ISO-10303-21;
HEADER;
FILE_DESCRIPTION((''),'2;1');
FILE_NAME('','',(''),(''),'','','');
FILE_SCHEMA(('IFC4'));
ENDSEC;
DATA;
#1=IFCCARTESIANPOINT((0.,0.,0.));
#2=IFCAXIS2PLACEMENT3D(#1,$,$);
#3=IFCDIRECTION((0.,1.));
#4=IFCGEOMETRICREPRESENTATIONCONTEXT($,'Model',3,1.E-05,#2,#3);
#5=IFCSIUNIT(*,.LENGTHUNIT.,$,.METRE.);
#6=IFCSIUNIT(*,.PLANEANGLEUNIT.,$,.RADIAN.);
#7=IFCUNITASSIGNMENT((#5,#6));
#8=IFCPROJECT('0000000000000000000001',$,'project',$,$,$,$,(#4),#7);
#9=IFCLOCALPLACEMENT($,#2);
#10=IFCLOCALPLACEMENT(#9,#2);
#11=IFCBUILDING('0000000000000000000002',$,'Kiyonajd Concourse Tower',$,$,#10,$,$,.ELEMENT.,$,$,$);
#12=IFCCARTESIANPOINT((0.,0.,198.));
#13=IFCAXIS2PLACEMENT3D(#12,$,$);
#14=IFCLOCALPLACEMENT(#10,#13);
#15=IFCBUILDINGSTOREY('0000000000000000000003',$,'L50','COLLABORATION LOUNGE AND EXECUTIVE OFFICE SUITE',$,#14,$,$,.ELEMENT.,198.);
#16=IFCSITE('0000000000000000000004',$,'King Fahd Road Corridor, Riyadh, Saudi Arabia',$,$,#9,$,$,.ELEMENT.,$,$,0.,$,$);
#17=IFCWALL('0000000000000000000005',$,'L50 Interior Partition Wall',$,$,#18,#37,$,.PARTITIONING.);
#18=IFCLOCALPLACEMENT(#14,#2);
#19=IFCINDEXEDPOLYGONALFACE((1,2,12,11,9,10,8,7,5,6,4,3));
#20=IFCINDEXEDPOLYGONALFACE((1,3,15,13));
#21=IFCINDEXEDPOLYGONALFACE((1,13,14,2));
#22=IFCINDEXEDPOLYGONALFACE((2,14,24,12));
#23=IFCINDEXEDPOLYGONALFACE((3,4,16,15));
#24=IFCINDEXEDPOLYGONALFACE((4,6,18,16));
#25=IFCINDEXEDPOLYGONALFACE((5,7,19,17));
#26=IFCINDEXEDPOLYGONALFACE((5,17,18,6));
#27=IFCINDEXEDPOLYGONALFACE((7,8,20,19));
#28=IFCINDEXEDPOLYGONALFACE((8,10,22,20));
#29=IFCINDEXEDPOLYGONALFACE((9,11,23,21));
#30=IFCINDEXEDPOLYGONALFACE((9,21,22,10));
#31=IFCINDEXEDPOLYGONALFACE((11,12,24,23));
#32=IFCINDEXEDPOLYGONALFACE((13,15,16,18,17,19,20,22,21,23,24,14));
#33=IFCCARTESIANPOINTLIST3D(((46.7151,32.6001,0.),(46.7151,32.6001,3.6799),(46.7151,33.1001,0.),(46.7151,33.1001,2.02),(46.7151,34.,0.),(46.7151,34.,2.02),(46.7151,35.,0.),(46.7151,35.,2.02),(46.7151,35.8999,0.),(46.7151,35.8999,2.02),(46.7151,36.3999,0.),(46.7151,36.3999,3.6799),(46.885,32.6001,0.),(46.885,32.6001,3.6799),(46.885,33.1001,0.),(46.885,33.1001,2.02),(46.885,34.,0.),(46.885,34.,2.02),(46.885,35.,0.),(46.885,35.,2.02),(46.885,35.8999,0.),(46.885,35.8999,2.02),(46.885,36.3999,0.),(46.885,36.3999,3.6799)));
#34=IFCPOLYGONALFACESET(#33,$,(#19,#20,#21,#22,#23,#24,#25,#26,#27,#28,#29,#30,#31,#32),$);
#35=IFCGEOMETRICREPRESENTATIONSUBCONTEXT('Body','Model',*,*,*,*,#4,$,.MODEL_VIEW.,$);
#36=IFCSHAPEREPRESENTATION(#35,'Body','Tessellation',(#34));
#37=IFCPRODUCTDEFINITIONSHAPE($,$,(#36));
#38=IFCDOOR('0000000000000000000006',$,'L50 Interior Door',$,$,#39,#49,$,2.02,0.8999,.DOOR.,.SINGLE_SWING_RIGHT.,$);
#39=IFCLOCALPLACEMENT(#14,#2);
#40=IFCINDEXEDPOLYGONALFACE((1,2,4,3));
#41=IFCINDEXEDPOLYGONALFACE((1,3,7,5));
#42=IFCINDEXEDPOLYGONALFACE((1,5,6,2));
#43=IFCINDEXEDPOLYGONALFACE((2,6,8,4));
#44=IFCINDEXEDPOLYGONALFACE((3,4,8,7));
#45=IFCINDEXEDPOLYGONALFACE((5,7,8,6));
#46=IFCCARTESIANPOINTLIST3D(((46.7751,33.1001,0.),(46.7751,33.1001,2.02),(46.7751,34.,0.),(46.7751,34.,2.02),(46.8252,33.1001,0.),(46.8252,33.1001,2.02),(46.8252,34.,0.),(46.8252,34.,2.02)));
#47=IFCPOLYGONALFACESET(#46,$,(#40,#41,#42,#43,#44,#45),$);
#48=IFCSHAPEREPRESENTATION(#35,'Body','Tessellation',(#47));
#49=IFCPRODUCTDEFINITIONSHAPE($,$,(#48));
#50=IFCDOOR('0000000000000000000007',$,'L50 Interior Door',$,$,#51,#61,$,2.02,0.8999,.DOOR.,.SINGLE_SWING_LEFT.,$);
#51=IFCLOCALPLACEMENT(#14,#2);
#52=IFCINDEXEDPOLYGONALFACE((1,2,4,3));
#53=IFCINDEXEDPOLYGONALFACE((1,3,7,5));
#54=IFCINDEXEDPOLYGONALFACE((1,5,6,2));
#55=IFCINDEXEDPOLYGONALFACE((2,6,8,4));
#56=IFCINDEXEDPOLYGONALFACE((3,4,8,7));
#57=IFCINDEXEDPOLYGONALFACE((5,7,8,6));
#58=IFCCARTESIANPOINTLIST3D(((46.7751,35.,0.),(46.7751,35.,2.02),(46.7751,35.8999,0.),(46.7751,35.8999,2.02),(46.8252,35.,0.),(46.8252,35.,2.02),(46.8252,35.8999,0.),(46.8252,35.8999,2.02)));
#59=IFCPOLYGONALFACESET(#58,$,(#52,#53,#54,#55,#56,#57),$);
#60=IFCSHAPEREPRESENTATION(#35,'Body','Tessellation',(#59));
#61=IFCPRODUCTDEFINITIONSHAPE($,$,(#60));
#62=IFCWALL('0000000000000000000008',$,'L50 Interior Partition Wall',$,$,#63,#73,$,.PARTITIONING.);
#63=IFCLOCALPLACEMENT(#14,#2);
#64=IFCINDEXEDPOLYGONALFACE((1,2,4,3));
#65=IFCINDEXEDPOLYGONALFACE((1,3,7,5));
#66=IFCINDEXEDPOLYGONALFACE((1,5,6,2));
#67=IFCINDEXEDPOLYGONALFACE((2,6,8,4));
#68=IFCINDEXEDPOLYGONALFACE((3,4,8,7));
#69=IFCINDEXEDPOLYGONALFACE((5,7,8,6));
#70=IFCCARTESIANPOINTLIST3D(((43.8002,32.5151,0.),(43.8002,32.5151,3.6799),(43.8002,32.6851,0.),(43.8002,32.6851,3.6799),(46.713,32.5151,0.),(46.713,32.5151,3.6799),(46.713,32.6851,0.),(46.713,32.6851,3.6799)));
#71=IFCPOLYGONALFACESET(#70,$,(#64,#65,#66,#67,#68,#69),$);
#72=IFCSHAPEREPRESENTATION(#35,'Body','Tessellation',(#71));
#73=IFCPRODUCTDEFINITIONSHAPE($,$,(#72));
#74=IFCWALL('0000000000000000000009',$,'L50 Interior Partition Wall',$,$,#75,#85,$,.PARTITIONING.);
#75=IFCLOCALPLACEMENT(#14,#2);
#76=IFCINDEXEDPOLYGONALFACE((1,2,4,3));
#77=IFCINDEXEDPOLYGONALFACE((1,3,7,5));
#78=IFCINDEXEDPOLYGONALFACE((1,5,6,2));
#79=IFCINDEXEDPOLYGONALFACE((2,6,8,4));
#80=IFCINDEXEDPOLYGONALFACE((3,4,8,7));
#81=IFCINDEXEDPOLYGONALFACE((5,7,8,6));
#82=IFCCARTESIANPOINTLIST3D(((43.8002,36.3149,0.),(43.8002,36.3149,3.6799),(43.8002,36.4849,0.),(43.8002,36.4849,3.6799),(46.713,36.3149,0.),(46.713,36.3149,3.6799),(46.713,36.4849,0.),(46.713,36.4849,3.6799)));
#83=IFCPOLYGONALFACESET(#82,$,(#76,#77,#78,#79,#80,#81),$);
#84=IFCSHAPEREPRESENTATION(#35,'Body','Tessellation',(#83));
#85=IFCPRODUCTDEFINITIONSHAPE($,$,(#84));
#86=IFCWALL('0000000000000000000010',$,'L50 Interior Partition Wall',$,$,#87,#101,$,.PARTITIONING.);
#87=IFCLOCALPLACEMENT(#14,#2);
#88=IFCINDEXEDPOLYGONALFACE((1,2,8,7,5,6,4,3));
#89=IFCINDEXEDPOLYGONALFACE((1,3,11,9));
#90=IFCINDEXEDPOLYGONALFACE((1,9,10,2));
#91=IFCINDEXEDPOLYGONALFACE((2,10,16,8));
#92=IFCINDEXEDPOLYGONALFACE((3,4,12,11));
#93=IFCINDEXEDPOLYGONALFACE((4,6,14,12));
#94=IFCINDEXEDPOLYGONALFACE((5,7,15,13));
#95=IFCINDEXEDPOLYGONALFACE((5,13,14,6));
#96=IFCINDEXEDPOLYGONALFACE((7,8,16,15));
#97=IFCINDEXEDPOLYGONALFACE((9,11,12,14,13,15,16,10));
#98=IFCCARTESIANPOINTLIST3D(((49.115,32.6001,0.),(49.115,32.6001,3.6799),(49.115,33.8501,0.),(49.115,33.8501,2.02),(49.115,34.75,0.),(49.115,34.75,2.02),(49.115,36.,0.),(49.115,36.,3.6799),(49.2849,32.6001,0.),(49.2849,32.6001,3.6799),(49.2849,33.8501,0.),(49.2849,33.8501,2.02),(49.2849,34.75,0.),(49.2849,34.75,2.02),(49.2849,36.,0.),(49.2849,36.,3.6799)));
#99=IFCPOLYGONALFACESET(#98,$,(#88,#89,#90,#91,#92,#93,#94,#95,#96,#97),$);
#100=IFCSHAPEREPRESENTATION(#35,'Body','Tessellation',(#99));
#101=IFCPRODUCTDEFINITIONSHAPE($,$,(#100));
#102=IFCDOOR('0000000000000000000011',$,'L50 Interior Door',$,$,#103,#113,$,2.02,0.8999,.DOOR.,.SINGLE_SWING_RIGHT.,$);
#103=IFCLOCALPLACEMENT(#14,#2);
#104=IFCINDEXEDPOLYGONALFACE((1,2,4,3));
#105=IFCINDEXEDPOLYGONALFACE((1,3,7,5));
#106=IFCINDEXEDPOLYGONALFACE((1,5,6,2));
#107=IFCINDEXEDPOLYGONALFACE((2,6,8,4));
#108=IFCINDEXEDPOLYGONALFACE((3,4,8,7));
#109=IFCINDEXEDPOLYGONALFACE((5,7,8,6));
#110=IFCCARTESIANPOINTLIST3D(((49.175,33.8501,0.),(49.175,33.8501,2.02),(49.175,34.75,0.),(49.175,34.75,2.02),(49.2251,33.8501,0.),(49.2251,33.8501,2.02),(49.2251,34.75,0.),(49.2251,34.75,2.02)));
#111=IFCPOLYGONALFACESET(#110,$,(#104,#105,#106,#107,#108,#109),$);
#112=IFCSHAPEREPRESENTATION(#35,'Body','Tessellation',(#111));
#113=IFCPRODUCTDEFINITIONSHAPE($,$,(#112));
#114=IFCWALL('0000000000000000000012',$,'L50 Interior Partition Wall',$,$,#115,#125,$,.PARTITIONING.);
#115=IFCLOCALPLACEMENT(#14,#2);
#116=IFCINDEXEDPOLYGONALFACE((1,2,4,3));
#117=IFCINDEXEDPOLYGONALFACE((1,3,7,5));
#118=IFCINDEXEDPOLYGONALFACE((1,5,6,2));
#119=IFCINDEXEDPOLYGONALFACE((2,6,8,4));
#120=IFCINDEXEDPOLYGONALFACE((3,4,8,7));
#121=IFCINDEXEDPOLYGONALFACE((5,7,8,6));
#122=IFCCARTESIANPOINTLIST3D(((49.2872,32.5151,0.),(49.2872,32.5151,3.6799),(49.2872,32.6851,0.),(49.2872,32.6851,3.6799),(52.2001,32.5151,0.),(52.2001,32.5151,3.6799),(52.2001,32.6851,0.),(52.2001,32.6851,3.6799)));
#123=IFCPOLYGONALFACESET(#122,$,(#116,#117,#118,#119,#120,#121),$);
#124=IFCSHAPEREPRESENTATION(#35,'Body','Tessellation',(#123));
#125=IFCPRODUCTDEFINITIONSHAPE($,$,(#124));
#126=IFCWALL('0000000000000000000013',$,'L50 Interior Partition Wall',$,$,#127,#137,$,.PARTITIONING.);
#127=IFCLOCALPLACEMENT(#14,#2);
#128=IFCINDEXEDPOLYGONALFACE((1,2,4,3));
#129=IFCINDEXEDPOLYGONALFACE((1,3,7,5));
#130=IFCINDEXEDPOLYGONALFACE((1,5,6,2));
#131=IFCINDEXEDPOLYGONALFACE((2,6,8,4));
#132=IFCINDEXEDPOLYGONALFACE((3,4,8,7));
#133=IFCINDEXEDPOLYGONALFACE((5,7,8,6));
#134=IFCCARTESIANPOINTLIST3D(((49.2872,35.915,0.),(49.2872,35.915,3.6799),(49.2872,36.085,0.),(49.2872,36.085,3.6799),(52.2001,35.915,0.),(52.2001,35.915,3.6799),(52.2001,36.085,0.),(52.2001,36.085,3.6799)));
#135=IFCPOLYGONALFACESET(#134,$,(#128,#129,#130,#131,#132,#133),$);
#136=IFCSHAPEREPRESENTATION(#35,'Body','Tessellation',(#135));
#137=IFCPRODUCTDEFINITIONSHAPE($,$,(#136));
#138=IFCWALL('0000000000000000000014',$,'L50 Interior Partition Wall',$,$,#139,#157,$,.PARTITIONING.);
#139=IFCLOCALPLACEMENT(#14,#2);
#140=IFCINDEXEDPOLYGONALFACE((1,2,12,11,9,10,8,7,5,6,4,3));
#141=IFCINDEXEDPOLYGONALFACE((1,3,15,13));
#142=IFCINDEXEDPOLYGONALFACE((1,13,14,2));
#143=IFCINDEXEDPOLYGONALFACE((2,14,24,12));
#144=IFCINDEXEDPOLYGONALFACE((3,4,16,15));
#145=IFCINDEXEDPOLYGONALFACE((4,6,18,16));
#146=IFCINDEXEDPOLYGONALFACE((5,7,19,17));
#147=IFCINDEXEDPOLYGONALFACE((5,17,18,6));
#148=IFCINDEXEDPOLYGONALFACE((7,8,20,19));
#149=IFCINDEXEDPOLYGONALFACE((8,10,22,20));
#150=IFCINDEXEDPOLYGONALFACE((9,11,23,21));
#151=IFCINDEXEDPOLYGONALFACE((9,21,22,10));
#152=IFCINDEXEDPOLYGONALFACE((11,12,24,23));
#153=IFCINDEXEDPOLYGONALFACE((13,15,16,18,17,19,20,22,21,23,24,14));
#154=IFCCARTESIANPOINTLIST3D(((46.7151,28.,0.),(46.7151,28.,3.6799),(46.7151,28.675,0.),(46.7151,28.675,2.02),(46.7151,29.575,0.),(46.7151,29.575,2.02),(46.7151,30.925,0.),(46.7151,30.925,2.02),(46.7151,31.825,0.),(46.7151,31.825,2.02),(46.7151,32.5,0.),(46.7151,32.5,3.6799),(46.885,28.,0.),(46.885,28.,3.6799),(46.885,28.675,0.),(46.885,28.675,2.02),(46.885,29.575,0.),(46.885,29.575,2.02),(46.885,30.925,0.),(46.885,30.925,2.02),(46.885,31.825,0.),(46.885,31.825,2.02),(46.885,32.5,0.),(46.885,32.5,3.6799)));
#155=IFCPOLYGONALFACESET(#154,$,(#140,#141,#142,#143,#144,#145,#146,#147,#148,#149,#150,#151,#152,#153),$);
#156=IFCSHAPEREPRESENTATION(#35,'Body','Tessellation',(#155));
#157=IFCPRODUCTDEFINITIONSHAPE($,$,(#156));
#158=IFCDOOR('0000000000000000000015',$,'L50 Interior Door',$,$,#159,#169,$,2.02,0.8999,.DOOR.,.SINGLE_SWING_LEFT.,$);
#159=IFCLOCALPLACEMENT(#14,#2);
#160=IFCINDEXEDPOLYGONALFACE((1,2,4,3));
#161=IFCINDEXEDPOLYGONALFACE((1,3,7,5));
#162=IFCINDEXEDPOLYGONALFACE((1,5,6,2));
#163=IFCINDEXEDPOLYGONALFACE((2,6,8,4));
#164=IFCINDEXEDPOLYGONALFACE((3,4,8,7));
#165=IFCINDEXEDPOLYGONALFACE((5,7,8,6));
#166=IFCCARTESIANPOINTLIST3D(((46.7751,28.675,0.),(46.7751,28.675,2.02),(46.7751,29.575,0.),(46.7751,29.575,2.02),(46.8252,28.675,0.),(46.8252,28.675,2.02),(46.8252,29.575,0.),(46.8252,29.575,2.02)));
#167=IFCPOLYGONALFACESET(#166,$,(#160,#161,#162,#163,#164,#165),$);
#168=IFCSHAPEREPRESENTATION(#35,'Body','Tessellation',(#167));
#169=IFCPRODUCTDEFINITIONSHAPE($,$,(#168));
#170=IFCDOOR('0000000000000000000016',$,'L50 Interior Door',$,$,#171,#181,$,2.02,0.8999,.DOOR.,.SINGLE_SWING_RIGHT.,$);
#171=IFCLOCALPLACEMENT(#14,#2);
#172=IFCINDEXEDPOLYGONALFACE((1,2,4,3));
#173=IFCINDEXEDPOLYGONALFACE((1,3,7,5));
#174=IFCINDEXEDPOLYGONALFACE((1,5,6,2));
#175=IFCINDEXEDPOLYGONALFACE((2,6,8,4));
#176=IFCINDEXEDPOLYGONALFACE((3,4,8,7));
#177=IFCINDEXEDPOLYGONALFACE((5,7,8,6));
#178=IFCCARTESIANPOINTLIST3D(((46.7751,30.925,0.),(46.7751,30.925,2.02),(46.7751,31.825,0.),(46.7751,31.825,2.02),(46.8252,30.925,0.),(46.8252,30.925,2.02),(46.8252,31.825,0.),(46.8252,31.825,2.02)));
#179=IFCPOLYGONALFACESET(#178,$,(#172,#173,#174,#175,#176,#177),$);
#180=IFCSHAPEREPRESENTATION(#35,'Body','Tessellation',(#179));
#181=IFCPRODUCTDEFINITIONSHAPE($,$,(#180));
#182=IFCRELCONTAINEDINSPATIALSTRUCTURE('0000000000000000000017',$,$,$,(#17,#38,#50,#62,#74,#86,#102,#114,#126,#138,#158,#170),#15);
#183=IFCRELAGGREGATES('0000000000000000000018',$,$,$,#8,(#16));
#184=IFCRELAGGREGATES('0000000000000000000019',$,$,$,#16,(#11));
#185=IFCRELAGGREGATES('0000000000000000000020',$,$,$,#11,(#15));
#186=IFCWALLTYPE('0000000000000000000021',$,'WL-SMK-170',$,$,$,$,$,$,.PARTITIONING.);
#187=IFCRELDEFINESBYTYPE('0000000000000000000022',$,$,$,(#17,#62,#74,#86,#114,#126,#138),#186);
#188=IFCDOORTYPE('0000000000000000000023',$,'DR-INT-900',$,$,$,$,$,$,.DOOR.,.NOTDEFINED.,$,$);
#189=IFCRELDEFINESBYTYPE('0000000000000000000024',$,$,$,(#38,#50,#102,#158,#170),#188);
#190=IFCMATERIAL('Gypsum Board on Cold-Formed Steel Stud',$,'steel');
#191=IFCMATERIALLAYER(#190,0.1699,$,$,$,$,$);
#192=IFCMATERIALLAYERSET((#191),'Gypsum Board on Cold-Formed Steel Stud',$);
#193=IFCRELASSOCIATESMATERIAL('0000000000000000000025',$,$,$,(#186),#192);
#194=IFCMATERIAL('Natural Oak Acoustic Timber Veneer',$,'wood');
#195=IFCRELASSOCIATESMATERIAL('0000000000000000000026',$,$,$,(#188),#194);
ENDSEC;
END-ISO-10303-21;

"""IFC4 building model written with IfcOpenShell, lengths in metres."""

from ifc_helpers import new_model, si_unit, direction, frame, frame_2d, origin, place, context, subcontext, project, spatial, rectangle, extrude, material, layer, layer_set, type_object, element, fill, save


model = new_model("IFC4")

# Units and contexts
model_context = context("Model", 3, precision=1e-05, world=origin(), true_north=direction((0.0, 1.0)))
body_context = subcontext(model_context, "Body", "Model", "MODEL_VIEW")
ifc_project = project(units=[si_unit("LENGTHUNIT", "METRE"), si_unit("PLANEANGLEUNIT", "RADIAN")], contexts=[model_context])

# Site, building, storey
site_placement = place(None, origin())
site = spatial("IfcSite", under=ifc_project, at=site_placement, Name="King Fahd Road Corridor, Riyadh, Saudi Arabia", CompositionType="ELEMENT", RefElevation=0.0)
building_placement = place(site_placement, origin())
building = spatial("IfcBuilding", under=site, at=building_placement, Name="Kiyonajd Concourse Tower", CompositionType="ELEMENT")
storey_placement = place(building_placement, frame((0.0, 0.0, 198.0)))
storey = spatial("IfcBuildingStorey", under=building, at=storey_placement, Name="L50", Description="COLLABORATION LOUNGE AND EXECUTIVE OFFICE SUITE", CompositionType="ELEMENT", Elevation=198.0)

# Shared definitions
ifc_material_1 = material(Name="Gypsum Board on Cold-Formed Steel Stud", Category="steel")

# Wall, openings, doors
ifc_layer_1 = layer(ifc_material_1, 0.1699)
ifc_layer_set_1 = layer_set([ifc_layer_1], Name="Gypsum Board on Cold-Formed Steel Stud")
wall_type_1 = type_object("IfcWallType", Name="WL-SMK-170", PredefinedType="PARTITIONING", material=ifc_layer_set_1)
wall_1_placement = place(storey_placement, frame((46.8, 32.6001, 0.0), z_axis=(0.0, 0.0, 1.0), x_axis=(0.0, 1.0, 0.0)))
wall_1 = element("IfcWall", 1, at=wall_1_placement, inside=storey, type_object=wall_type_1, Name="L50 Interior Partition Wall", PredefinedType="PARTITIONING", context=body_context, shape_type="SweptSolid", body=[
    extrude(rectangle(XDim=3.7998, YDim=0.1699, at=frame_2d((1.8999, 0.0))), origin(), (0.0, 0.0, 1.0), 3.6799),
])
opening_1_placement = place(wall_1_placement, frame((0.5, 0.0, 0.0)))
opening_1 = element("IfcOpeningElement", 2, at=opening_1_placement, cuts=wall_1, PredefinedType="OPENING", context=body_context, shape_type="SweptSolid", body=[
    extrude(rectangle(XDim=0.8999, YDim=2.02, at=frame_2d((0.45, 1.01))), frame((0.0, 0.095, 0.0), z_axis=(0.0, -1.0, 0.0), x_axis=(1.0, 0.0, 0.0)), (0.0, 0.0, 1.0), 0.1899),
])
opening_2_placement = place(wall_1_placement, frame((2.3999, 0.0, 0.0)))
opening_2 = element("IfcOpeningElement", 3, at=opening_2_placement, cuts=wall_1, PredefinedType="OPENING", context=body_context, shape_type="SweptSolid", body=[
    extrude(rectangle(XDim=0.8999, YDim=2.02, at=frame_2d((0.45, 1.01))), frame((0.0, 0.095, 0.0), z_axis=(0.0, -1.0, 0.0), x_axis=(1.0, 0.0, 0.0)), (0.0, 0.0, 1.0), 0.1899),
])
ifc_material_2 = material(Name="Natural Oak Acoustic Timber Veneer", Category="wood")
door_type_1 = type_object("IfcDoorType", Name="DR-INT-900", OperationType="NOTDEFINED", PredefinedType="DOOR", material=ifc_material_2)
door_1_placement = place(opening_1_placement, origin())
door_1 = element("IfcDoor", 4, at=door_1_placement, inside=storey, type_object=door_type_1, Name="L50 Interior Door", OperationType="SINGLE_SWING_RIGHT", OverallHeight=2.02, OverallWidth=0.8999, PredefinedType="DOOR", context=body_context, shape_type="SweptSolid", body=[
    extrude(rectangle(XDim=0.8999, YDim=2.02, at=frame_2d((0.45, 1.01))), frame((0.0, 0.0249, 0.0), z_axis=(0.0, -1.0, 0.0), x_axis=(1.0, 0.0, 0.0)), (0.0, 0.0, 1.0), 0.05),
])
fill(opening_1, door_1)
door_2_placement = place(opening_2_placement, origin())
door_2 = element("IfcDoor", 5, at=door_2_placement, inside=storey, type_object=door_type_1, Name="L50 Interior Door", OperationType="SINGLE_SWING_LEFT", OverallHeight=2.02, OverallWidth=0.8999, PredefinedType="DOOR", context=body_context, shape_type="SweptSolid", body=[
    extrude(rectangle(XDim=0.8999, YDim=2.02, at=frame_2d((0.45, 1.01))), frame((0.0, 0.0249, 0.0), z_axis=(0.0, -1.0, 0.0), x_axis=(1.0, 0.0, 0.0)), (0.0, 0.0, 1.0), 0.05),
])
fill(opening_2, door_2)

# Walls
for number, where, z_axis, x_axis, name in (
    (6, (43.8, 32.6001, 0.0), (0.0, 0.0, 1.0), (1.0, 0.0, 0.0), "L50 Interior Partition Wall"),
    (7, (43.8, 36.3999, 0.0), (0.0, 0.0, 1.0), (1.0, 0.0, 0.0), "L50 Interior Partition Wall"),
):
    element("IfcWall", number, at=place(storey_placement, frame(where, z_axis=z_axis, x_axis=x_axis)), inside=storey, type_object=wall_type_1, Name=name, PredefinedType="PARTITIONING", context=body_context, shape_type="SweptSolid", body=[
        extrude(rectangle(XDim=2.9128, YDim=0.1699, at=frame_2d((1.4565, 0.0))), origin(), (0.0, 0.0, 1.0), 3.6799),
    ])

# Wall, opening, door
wall_2_placement = place(storey_placement, frame((49.2, 32.6001, 0.0), z_axis=(0.0, 0.0, 1.0), x_axis=(0.0, 1.0, 0.0)))
wall_2 = element("IfcWall", 8, at=wall_2_placement, inside=storey, type_object=wall_type_1, Name="L50 Interior Partition Wall", PredefinedType="PARTITIONING", context=body_context, shape_type="SweptSolid", body=[
    extrude(rectangle(XDim=3.3999, YDim=0.1699, at=frame_2d((1.7, 0.0))), origin(), (0.0, 0.0, 1.0), 3.6799),
])
opening_3_placement = place(wall_2_placement, frame((1.25, 0.0, 0.0)))
opening_3 = element("IfcOpeningElement", 9, at=opening_3_placement, cuts=wall_2, PredefinedType="OPENING", context=body_context, shape_type="SweptSolid", body=[
    extrude(rectangle(XDim=0.8999, YDim=2.02, at=frame_2d((0.45, 1.01))), frame((0.0, 0.095, 0.0), z_axis=(0.0, -1.0, 0.0), x_axis=(1.0, 0.0, 0.0)), (0.0, 0.0, 1.0), 0.1899),
])
door_3_placement = place(opening_3_placement, origin())
door_3 = element("IfcDoor", 10, at=door_3_placement, inside=storey, type_object=door_type_1, Name="L50 Interior Door", OperationType="SINGLE_SWING_RIGHT", OverallHeight=2.02, OverallWidth=0.8999, PredefinedType="DOOR", context=body_context, shape_type="SweptSolid", body=[
    extrude(rectangle(XDim=0.8999, YDim=2.02, at=frame_2d((0.45, 1.01))), frame((0.0, 0.0249, 0.0), z_axis=(0.0, -1.0, 0.0), x_axis=(1.0, 0.0, 0.0)), (0.0, 0.0, 1.0), 0.05),
])
fill(opening_3, door_3)

# Walls
for number, where, z_axis, x_axis, name in (
    (11, (49.2871, 32.6001, 0.0), (0.0, 0.0, 1.0), (1.0, 0.0, 0.0), "L50 Interior Partition Wall"),
    (12, (49.2871, 36.0, 0.0), (0.0, 0.0, 1.0), (1.0, 0.0, 0.0), "L50 Interior Partition Wall"),
):
    element("IfcWall", number, at=place(storey_placement, frame(where, z_axis=z_axis, x_axis=x_axis)), inside=storey, type_object=wall_type_1, Name=name, PredefinedType="PARTITIONING", context=body_context, shape_type="SweptSolid", body=[
        extrude(rectangle(XDim=2.9128, YDim=0.1699, at=frame_2d((1.4565, 0.0))), origin(), (0.0, 0.0, 1.0), 3.6799),
    ])

# Wall, openings, doors
wall_3_placement = place(storey_placement, frame((46.8, 28.0, 0.0), z_axis=(0.0, 0.0, 1.0), x_axis=(0.0, 1.0, 0.0)))
wall_3 = element("IfcWall", 13, at=wall_3_placement, inside=storey, type_object=wall_type_1, Name="L50 Interior Partition Wall", PredefinedType="PARTITIONING", context=body_context, shape_type="SweptSolid", body=[
    extrude(rectangle(XDim=4.5, YDim=0.1699, at=frame_2d((2.25, 0.0))), origin(), (0.0, 0.0, 1.0), 3.6799),
])
opening_4_placement = place(wall_3_placement, frame((0.675, 0.0, 0.0)))
opening_4 = element("IfcOpeningElement", 14, at=opening_4_placement, cuts=wall_3, PredefinedType="OPENING", context=body_context, shape_type="SweptSolid", body=[
    extrude(rectangle(XDim=0.8999, YDim=2.02, at=frame_2d((0.45, 1.01))), frame((0.0, 0.095, 0.0), z_axis=(0.0, -1.0, 0.0), x_axis=(1.0, 0.0, 0.0)), (0.0, 0.0, 1.0), 0.1899),
])
opening_5_placement = place(wall_3_placement, frame((2.925, 0.0, 0.0)))
opening_5 = element("IfcOpeningElement", 15, at=opening_5_placement, cuts=wall_3, PredefinedType="OPENING", context=body_context, shape_type="SweptSolid", body=[
    extrude(rectangle(XDim=0.8999, YDim=2.02, at=frame_2d((0.45, 1.01))), frame((0.0, 0.095, 0.0), z_axis=(0.0, -1.0, 0.0), x_axis=(1.0, 0.0, 0.0)), (0.0, 0.0, 1.0), 0.1899),
])
door_4_placement = place(opening_4_placement, origin())
door_4 = element("IfcDoor", 16, at=door_4_placement, inside=storey, type_object=door_type_1, Name="L50 Interior Door", OperationType="SINGLE_SWING_LEFT", OverallHeight=2.02, OverallWidth=0.8999, PredefinedType="DOOR", context=body_context, shape_type="SweptSolid", body=[
    extrude(rectangle(XDim=0.8999, YDim=2.02, at=frame_2d((0.45, 1.01))), frame((0.0, 0.0249, 0.0), z_axis=(0.0, -1.0, 0.0), x_axis=(1.0, 0.0, 0.0)), (0.0, 0.0, 1.0), 0.05),
])
fill(opening_4, door_4)
door_5_placement = place(opening_5_placement, origin())
door_5 = element("IfcDoor", 17, at=door_5_placement, inside=storey, type_object=door_type_1, Name="L50 Interior Door", OperationType="SINGLE_SWING_RIGHT", OverallHeight=2.02, OverallWidth=0.8999, PredefinedType="DOOR", context=body_context, shape_type="SweptSolid", body=[
    extrude(rectangle(XDim=0.8999, YDim=2.02, at=frame_2d((0.45, 1.01))), frame((0.0, 0.0249, 0.0), z_axis=(0.0, -1.0, 0.0), x_axis=(1.0, 0.0, 0.0)), (0.0, 0.0, 1.0), 0.05),
])
fill(opening_5, door_5)

save(model, "model.ifc")
